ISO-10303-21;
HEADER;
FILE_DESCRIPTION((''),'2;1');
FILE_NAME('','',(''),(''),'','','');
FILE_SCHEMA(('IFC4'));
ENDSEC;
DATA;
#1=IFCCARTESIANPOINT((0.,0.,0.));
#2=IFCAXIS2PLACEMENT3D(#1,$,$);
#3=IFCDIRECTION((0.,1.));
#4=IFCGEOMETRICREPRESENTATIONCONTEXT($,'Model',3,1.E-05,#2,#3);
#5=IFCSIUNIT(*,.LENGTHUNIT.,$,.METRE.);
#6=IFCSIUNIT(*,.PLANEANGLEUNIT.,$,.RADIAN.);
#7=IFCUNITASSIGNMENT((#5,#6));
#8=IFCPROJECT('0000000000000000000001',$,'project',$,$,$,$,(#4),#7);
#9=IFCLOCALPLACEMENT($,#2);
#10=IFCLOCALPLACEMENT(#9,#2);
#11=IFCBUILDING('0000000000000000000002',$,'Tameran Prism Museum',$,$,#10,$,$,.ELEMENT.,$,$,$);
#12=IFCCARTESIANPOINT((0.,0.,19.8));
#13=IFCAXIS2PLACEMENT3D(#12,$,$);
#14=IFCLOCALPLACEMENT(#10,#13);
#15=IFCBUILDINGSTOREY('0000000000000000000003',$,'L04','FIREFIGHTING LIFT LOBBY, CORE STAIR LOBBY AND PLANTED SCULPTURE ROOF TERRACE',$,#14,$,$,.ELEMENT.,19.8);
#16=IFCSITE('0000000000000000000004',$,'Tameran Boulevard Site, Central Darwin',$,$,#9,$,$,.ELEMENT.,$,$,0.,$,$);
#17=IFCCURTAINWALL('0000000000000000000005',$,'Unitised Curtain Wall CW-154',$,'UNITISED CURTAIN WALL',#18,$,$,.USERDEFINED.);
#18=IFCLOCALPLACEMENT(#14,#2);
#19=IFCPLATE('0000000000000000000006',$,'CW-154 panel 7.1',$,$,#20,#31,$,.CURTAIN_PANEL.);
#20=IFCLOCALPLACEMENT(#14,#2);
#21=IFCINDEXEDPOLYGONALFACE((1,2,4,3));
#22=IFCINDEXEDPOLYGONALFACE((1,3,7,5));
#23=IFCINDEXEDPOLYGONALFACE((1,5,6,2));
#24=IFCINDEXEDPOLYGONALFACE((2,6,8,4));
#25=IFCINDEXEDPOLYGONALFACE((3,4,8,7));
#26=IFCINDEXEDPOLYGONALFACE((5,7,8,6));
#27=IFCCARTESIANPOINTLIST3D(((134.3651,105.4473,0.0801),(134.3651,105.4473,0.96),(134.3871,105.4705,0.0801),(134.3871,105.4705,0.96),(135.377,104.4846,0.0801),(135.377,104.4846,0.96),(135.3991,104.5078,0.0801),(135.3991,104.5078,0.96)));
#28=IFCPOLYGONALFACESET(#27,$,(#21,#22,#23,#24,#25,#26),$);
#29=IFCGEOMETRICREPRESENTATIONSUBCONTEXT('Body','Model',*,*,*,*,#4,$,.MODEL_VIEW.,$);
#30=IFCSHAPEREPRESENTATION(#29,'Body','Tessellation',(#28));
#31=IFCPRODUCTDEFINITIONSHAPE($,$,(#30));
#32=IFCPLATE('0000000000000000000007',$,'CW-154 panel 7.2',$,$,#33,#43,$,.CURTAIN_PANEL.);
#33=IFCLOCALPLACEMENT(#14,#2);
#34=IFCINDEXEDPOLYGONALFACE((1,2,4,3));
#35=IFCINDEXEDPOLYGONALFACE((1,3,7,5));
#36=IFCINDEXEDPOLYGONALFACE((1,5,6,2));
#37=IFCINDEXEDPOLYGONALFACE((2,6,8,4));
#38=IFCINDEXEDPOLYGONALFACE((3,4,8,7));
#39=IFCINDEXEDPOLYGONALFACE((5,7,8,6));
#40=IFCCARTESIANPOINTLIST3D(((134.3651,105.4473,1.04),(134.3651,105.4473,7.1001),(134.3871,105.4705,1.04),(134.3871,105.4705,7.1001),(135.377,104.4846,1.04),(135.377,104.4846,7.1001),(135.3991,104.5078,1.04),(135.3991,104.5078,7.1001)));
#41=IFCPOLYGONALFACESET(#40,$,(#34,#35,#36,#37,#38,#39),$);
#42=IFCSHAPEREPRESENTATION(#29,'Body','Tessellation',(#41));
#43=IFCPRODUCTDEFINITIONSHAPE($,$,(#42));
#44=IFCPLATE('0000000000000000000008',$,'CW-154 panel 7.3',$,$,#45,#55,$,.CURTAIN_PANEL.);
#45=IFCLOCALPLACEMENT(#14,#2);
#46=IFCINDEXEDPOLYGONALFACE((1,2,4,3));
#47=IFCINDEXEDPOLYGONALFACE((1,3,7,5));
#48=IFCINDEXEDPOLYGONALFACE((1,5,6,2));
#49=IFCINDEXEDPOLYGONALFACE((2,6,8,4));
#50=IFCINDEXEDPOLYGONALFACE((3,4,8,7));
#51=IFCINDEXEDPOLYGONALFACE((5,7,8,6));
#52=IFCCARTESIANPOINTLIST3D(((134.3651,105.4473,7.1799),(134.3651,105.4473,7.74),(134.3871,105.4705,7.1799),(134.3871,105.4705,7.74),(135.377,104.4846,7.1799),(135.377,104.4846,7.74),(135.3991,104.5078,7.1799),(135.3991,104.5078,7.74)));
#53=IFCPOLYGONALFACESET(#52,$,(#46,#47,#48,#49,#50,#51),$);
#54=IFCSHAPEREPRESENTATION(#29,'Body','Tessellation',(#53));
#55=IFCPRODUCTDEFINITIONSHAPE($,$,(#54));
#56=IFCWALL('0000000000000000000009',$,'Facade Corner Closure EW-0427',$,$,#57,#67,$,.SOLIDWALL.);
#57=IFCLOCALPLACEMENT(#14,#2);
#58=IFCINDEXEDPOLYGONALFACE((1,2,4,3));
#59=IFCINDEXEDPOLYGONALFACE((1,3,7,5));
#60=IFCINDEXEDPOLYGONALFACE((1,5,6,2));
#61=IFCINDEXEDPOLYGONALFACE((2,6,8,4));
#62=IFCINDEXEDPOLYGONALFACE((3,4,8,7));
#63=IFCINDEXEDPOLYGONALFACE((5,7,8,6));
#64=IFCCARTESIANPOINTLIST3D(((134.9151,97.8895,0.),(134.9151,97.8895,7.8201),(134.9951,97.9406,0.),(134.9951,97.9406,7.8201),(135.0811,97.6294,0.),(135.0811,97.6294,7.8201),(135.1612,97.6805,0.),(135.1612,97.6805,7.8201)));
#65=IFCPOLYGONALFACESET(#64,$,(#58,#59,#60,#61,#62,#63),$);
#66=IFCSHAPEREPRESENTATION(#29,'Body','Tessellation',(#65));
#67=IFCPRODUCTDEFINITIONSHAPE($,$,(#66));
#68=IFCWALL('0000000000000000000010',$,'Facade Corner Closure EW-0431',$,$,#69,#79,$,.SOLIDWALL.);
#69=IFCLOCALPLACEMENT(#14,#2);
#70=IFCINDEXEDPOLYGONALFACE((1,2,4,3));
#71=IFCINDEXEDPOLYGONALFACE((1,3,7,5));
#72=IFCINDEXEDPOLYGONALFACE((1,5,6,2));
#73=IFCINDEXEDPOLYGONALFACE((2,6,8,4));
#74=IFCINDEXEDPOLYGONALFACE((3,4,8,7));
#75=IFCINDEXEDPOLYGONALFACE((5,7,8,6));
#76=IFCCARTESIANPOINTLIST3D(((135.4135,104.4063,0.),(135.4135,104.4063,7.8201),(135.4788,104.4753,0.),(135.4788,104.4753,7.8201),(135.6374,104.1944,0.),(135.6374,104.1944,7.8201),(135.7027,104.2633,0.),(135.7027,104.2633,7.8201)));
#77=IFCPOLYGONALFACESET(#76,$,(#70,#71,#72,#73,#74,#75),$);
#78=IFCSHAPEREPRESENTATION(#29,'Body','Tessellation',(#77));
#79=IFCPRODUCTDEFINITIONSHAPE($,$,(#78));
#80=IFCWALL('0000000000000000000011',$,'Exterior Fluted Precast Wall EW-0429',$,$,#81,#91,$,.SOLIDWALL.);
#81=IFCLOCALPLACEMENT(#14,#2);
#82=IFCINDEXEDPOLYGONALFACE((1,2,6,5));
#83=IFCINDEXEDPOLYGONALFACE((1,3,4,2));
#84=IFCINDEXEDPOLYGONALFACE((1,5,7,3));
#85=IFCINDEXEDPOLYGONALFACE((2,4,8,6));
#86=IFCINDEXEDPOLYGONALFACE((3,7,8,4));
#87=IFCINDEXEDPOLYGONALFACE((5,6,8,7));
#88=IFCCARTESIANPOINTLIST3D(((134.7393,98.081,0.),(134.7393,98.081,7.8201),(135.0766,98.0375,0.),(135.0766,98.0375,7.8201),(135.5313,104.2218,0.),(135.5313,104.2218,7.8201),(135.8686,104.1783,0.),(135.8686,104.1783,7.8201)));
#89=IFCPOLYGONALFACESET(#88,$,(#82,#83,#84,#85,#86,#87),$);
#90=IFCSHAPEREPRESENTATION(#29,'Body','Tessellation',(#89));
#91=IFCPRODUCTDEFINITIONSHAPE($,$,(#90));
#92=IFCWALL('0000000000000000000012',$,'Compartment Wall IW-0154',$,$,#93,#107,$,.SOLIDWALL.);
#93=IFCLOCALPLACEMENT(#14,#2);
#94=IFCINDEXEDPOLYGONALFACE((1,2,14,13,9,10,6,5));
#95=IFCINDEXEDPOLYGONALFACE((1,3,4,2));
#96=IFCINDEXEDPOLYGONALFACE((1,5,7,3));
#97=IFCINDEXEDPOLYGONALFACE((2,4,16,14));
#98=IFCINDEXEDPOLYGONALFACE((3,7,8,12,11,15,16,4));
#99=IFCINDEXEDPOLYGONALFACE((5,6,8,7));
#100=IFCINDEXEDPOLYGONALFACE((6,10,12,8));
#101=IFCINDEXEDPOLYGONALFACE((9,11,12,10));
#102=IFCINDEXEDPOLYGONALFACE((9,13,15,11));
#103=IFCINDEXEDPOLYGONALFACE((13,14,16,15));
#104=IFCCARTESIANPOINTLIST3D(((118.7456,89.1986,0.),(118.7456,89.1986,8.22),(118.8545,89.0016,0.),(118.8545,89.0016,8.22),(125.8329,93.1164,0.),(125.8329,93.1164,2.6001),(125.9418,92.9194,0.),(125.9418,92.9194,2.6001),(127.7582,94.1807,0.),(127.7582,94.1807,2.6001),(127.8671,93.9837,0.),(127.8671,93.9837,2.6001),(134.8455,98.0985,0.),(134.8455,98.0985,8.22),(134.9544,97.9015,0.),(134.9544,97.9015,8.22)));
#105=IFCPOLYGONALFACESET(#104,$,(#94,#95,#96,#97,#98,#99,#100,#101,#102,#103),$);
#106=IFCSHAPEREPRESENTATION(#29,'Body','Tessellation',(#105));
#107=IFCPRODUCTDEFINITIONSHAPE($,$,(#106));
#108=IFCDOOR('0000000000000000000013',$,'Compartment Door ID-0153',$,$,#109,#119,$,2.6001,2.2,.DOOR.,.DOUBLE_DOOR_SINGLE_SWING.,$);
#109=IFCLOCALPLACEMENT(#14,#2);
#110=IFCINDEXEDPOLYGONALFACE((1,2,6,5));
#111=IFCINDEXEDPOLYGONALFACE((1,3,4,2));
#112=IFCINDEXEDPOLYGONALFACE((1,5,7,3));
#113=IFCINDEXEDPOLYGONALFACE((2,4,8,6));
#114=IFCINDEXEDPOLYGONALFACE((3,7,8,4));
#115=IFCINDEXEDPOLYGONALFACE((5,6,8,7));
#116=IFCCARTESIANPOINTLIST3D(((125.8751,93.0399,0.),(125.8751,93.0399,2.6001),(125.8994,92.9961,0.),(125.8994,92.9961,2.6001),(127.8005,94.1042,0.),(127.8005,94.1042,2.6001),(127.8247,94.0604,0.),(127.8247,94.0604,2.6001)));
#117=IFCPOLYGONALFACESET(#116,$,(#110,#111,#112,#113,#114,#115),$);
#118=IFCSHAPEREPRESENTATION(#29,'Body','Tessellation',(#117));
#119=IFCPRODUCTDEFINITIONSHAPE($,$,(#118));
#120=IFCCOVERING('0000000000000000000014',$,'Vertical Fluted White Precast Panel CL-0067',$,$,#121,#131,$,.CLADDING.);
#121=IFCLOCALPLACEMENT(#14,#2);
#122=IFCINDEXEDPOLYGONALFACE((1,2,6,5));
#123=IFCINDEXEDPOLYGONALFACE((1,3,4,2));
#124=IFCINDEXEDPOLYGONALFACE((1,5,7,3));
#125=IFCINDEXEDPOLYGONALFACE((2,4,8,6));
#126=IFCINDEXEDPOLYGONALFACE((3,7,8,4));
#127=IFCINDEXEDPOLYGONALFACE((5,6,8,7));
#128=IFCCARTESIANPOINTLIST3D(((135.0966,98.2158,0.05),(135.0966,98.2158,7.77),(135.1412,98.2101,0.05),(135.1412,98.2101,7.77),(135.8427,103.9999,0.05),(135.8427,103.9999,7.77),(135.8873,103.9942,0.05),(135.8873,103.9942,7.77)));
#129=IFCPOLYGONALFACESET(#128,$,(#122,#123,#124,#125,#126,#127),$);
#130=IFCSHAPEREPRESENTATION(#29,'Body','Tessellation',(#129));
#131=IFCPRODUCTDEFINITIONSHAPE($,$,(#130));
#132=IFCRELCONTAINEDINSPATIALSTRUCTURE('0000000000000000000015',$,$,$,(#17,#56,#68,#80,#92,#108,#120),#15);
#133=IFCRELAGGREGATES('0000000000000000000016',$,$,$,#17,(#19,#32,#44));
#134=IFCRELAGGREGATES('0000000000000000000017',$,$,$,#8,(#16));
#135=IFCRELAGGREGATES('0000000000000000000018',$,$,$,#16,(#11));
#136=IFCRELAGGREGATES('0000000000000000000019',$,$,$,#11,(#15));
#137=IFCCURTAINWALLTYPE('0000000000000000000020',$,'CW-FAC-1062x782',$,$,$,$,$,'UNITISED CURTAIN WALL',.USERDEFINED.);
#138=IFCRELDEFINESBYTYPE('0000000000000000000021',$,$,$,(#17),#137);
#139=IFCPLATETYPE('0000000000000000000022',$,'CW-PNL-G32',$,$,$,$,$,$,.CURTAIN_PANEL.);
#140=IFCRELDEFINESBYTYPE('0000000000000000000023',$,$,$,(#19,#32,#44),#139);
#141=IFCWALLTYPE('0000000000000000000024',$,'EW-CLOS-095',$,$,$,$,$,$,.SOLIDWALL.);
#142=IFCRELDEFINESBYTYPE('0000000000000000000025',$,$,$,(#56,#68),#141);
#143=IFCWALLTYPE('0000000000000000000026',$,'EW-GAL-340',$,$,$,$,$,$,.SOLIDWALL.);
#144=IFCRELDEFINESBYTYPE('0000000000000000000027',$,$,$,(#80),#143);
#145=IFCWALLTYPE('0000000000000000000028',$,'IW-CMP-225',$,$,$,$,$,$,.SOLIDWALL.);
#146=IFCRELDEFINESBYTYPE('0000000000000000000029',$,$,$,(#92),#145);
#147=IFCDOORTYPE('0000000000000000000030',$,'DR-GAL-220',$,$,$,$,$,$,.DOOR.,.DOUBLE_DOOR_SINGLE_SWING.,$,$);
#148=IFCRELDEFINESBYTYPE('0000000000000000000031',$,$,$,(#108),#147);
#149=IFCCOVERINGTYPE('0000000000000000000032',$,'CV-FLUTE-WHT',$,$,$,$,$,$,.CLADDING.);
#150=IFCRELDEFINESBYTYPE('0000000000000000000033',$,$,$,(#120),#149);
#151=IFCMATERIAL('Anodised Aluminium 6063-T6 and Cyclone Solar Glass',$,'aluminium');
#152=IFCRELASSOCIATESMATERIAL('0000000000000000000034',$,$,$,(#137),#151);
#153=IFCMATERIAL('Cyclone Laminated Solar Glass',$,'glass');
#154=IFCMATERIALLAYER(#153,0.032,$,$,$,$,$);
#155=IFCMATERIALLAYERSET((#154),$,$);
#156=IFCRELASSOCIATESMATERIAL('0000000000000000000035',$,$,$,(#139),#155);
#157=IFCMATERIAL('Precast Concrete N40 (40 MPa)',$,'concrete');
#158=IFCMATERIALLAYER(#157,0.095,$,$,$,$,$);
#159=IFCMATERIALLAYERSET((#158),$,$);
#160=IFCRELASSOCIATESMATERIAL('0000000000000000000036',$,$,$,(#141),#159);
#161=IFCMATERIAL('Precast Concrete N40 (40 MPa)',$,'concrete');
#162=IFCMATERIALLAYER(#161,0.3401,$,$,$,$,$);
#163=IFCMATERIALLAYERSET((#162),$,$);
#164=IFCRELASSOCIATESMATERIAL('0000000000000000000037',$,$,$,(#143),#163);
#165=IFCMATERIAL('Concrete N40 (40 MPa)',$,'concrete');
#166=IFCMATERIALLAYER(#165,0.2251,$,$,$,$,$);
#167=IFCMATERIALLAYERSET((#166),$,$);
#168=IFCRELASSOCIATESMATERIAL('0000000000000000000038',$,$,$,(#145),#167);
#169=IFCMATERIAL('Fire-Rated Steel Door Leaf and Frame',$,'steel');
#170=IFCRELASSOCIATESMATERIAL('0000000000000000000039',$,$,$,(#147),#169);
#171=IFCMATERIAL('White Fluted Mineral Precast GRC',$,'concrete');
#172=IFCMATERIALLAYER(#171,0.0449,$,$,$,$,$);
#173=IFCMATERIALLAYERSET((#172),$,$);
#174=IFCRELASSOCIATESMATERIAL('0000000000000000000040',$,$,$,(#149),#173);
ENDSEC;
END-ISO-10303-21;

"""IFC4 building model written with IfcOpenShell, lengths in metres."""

from ifc_helpers import new_model, si_unit, direction, frame, frame_2d, origin, origin_2d, place, context, subcontext, project, spatial, rectangle, extrude, material, layer, layer_set, type_object, element, fill, aggregate, save


model = new_model("IFC4")

# Units and contexts
model_context = context("Model", 3, precision=1e-05, world=origin(), true_north=direction((0.0, 1.0)))
body_context = subcontext(model_context, "Body", "Model", "MODEL_VIEW")
ifc_project = project(units=[si_unit("LENGTHUNIT", "METRE"), si_unit("PLANEANGLEUNIT", "RADIAN")], contexts=[model_context])

# Site, building, storey
site_placement = place(None, origin())
site = spatial("IfcSite", under=ifc_project, at=site_placement, Name="Tameran Boulevard Site, Central Darwin", CompositionType="ELEMENT", RefElevation=0.0)
building_placement = place(site_placement, origin())
building = spatial("IfcBuilding", under=site, at=building_placement, Name="Tameran Prism Museum", CompositionType="ELEMENT")
storey_placement = place(building_placement, frame((0.0, 0.0, 19.8)))
storey = spatial("IfcBuildingStorey", under=building, at=storey_placement, Name="L04", Description="FIREFIGHTING LIFT LOBBY, CORE STAIR LOBBY AND PLANTED SCULPTURE ROOF TERRACE", CompositionType="ELEMENT", Elevation=19.8)

# Curtain wall
ifc_material_1 = material(Name="Anodised Aluminium 6063-T6 and Cyclone Solar Glass", Category="aluminium")
curtain_wall_type_1 = type_object("IfcCurtainWallType", Name="CW-FAC-1062x782", ElementType="UNITISED CURTAIN WALL", PredefinedType="USERDEFINED", material=ifc_material_1)
curtain_wall_1_placement = place(storey_placement, origin())
curtain_wall_1 = element("IfcCurtainWall", 1, at=curtain_wall_1_placement, inside=storey, type_object=curtain_wall_type_1, Name="Unitised Curtain Wall CW-154", ObjectType="UNITISED CURTAIN WALL", PredefinedType="USERDEFINED")

# Plates
ifc_material_2 = material(Name="Cyclone Laminated Solar Glass", Category="glass")
ifc_layer_1 = layer(ifc_material_2, 0.032)
ifc_layer_set_1 = layer_set([ifc_layer_1])
plate_type = type_object("IfcPlateType", Name="CW-PNL-G32", PredefinedType="CURTAIN_PANEL", material=ifc_layer_set_1)
plate_1_placement = place(storey_placement, frame((134.8821, 104.9775, 0.0801), z_axis=(0.0, 0.0, 1.0), x_axis=(0.724501, -0.689274, 0.0)))
plate_1 = element("IfcPlate", 2, at=plate_1_placement, type_object=plate_type, Name="CW-154 panel 7.1", PredefinedType="CURTAIN_PANEL", context=body_context, shape_type="SweptSolid", body=[
    extrude(rectangle(XDim=1.3967, YDim=0.032, at=origin_2d()), origin(), (0.0, 0.0, 1.0), 0.8799),
])
plate_2_placement = place(storey_placement, frame((134.8821, 104.9775, 1.04), z_axis=(0.0, 0.0, 1.0), x_axis=(0.724501, -0.689274, 0.0)))
plate_2 = element("IfcPlate", 3, at=plate_2_placement, type_object=plate_type, Name="CW-154 panel 7.2", PredefinedType="CURTAIN_PANEL", context=body_context, shape_type="SweptSolid", body=[
    extrude(rectangle(XDim=1.3967, YDim=0.032, at=origin_2d()), origin(), (0.0, 0.0, 1.0), 6.0601),
])
plate_3_placement = place(storey_placement, frame((134.8821, 104.9775, 7.1799), z_axis=(0.0, 0.0, 1.0), x_axis=(0.724501, -0.689274, 0.0)))
plate_3 = element("IfcPlate", 4, at=plate_3_placement, type_object=plate_type, Name="CW-154 panel 7.3", PredefinedType="CURTAIN_PANEL", context=body_context, shape_type="SweptSolid", body=[
    extrude(rectangle(XDim=1.3967, YDim=0.032, at=origin_2d()), origin(), (0.0, 0.0, 1.0), 0.5601),
])
aggregate(curtain_wall_1, [plate_1, plate_2, plate_3])

# Walls
ifc_material_3 = material(Name="Precast Concrete N40 (40 MPa)", Category="concrete")
ifc_layer_2 = layer(ifc_material_3, 0.095)
ifc_layer_set_2 = layer_set([ifc_layer_2])
wall_type_1 = type_object("IfcWallType", Name="EW-CLOS-095", PredefinedType="SOLIDWALL", material=ifc_layer_set_2)
wall_1_placement = place(storey_placement, frame((134.9551, 97.915, 0.0), z_axis=(0.0, 0.0, 1.0), x_axis=(0.538155, -0.842846, 0.0)))
element("IfcWall", 5, at=wall_1_placement, inside=storey, type_object=wall_type_1, Name="Facade Corner Closure EW-0427", PredefinedType="SOLIDWALL", context=body_context, shape_type="SweptSolid", body=[
    extrude(rectangle(XDim=0.3086, YDim=0.095, at=frame_2d((0.1543, 0.0))), origin(), (0.0, 0.0, 1.0), 7.8201),
])
wall_2_placement = place(storey_placement, frame((135.446, 104.4409, 0.0), z_axis=(0.0, 0.0, 1.0), x_axis=(0.726244, -0.687437, 0.0)))
element("IfcWall", 6, at=wall_2_placement, inside=storey, type_object=wall_type_1, Name="Facade Corner Closure EW-0431", PredefinedType="SOLIDWALL", context=body_context, shape_type="SweptSolid", body=[
    extrude(rectangle(XDim=0.3083, YDim=0.095, at=frame_2d((0.1543, 0.0))), origin(), (0.0, 0.0, 1.0), 7.8201),
])
ifc_material_4 = material(Name="Precast Concrete N40 (40 MPa)", Category="concrete")
ifc_layer_3 = layer(ifc_material_4, 0.3401)
ifc_layer_set_3 = layer_set([ifc_layer_3])
wall_type_2 = type_object("IfcWallType", Name="EW-GAL-340", PredefinedType="SOLIDWALL", material=ifc_layer_set_3)
wall_3_placement = place(storey_placement, frame((135.7, 104.2, 0.0), z_axis=(0.0, 0.0, 1.0), x_axis=(-0.127911, -0.991786, 0.0)))
element("IfcWall", 7, at=wall_3_placement, inside=storey, type_object=wall_type_2, Name="Exterior Fluted Precast Wall EW-0429", PredefinedType="SOLIDWALL", context=body_context, shape_type="SweptSolid", body=[
    extrude(rectangle(XDim=6.1917, YDim=0.3401, at=frame_2d((3.0957, 0.0))), origin(), (0.0, 0.0, 1.0), 7.8201),
])

# Wall, opening, door
ifc_material_5 = material(Name="Concrete N40 (40 MPa)", Category="concrete")
ifc_layer_4 = layer(ifc_material_5, 0.2251)
ifc_layer_set_4 = layer_set([ifc_layer_4])
wall_type_3 = type_object("IfcWallType", Name="IW-CMP-225", PredefinedType="SOLIDWALL", material=ifc_layer_set_4)
wall_4_placement = place(storey_placement, frame((134.8999, 98.0, 0.0), z_axis=(0.0, 0.0, 1.0), x_axis=(-0.875181, -0.483795, 0.0)))
wall_4 = element("IfcWall", 8, at=wall_4_placement, inside=storey, type_object=wall_type_3, Name="Compartment Wall IW-0154", PredefinedType="SOLIDWALL", context=body_context, shape_type="SweptSolid", body=[
    extrude(rectangle(XDim=18.396, YDim=0.2251, at=frame_2d((9.198, 0.0))), origin(), (0.0, 0.0, 1.0), 8.22),
])
opening_placement = place(wall_4_placement, frame((8.0979, 0.0, 0.0)))
opening = element("IfcOpeningElement", 9, at=opening_placement, cuts=wall_4, PredefinedType="OPENING", context=body_context, shape_type="SweptSolid", body=[
    extrude(rectangle(XDim=2.2, YDim=2.6001, at=frame_2d((1.1001, 1.3))), frame((0.0, 0.1226, 0.0), z_axis=(0.0, -1.0, 0.0), x_axis=(1.0, 0.0, 0.0)), (0.0, 0.0, 1.0), 0.2451),
])
ifc_material_6 = material(Name="Fire-Rated Steel Door Leaf and Frame", Category="steel")
door_type = type_object("IfcDoorType", Name="DR-GAL-220", OperationType="DOUBLE_DOOR_SINGLE_SWING", PredefinedType="DOOR", material=ifc_material_6)
door_placement = place(opening_placement, origin())
door = element("IfcDoor", 10, at=door_placement, inside=storey, type_object=door_type, Name="Compartment Door ID-0153", OperationType="DOUBLE_DOOR_SINGLE_SWING", OverallHeight=2.6001, OverallWidth=2.2, PredefinedType="DOOR", context=body_context, shape_type="SweptSolid", body=[
    extrude(rectangle(XDim=2.2, YDim=2.6001, at=frame_2d((1.1001, 1.3))), frame((0.0, 0.0249, 0.0), z_axis=(0.0, -1.0, 0.0), x_axis=(1.0, 0.0, 0.0)), (0.0, 0.0, 1.0), 0.05),
])
fill(opening, door)

# Covering
ifc_material_7 = material(Name="White Fluted Mineral Precast GRC", Category="concrete")
ifc_layer_5 = layer(ifc_material_7, 0.0449)
ifc_layer_set_5 = layer_set([ifc_layer_5])
covering_type = type_object("IfcCoveringType", Name="CV-FLUTE-WHT", PredefinedType="CLADDING", material=ifc_layer_set_5)
covering_placement = place(storey_placement, frame((135.865, 103.9971, 0.05), z_axis=(0.0, 0.0, 1.0), x_axis=(-0.127929, -0.991783, 0.0)))
element("IfcCovering", 11, at=covering_placement, inside=storey, type_object=covering_type, Name="Vertical Fluted White Precast Panel CL-0067", PredefinedType="CLADDING", context=body_context, shape_type="SweptSolid", body=[
    extrude(rectangle(XDim=5.832, YDim=0.0449, at=frame_2d((2.916, 0.0))), origin(), (0.0, 0.0, 1.0), 7.72),
])

save(model, "model.ifc")
